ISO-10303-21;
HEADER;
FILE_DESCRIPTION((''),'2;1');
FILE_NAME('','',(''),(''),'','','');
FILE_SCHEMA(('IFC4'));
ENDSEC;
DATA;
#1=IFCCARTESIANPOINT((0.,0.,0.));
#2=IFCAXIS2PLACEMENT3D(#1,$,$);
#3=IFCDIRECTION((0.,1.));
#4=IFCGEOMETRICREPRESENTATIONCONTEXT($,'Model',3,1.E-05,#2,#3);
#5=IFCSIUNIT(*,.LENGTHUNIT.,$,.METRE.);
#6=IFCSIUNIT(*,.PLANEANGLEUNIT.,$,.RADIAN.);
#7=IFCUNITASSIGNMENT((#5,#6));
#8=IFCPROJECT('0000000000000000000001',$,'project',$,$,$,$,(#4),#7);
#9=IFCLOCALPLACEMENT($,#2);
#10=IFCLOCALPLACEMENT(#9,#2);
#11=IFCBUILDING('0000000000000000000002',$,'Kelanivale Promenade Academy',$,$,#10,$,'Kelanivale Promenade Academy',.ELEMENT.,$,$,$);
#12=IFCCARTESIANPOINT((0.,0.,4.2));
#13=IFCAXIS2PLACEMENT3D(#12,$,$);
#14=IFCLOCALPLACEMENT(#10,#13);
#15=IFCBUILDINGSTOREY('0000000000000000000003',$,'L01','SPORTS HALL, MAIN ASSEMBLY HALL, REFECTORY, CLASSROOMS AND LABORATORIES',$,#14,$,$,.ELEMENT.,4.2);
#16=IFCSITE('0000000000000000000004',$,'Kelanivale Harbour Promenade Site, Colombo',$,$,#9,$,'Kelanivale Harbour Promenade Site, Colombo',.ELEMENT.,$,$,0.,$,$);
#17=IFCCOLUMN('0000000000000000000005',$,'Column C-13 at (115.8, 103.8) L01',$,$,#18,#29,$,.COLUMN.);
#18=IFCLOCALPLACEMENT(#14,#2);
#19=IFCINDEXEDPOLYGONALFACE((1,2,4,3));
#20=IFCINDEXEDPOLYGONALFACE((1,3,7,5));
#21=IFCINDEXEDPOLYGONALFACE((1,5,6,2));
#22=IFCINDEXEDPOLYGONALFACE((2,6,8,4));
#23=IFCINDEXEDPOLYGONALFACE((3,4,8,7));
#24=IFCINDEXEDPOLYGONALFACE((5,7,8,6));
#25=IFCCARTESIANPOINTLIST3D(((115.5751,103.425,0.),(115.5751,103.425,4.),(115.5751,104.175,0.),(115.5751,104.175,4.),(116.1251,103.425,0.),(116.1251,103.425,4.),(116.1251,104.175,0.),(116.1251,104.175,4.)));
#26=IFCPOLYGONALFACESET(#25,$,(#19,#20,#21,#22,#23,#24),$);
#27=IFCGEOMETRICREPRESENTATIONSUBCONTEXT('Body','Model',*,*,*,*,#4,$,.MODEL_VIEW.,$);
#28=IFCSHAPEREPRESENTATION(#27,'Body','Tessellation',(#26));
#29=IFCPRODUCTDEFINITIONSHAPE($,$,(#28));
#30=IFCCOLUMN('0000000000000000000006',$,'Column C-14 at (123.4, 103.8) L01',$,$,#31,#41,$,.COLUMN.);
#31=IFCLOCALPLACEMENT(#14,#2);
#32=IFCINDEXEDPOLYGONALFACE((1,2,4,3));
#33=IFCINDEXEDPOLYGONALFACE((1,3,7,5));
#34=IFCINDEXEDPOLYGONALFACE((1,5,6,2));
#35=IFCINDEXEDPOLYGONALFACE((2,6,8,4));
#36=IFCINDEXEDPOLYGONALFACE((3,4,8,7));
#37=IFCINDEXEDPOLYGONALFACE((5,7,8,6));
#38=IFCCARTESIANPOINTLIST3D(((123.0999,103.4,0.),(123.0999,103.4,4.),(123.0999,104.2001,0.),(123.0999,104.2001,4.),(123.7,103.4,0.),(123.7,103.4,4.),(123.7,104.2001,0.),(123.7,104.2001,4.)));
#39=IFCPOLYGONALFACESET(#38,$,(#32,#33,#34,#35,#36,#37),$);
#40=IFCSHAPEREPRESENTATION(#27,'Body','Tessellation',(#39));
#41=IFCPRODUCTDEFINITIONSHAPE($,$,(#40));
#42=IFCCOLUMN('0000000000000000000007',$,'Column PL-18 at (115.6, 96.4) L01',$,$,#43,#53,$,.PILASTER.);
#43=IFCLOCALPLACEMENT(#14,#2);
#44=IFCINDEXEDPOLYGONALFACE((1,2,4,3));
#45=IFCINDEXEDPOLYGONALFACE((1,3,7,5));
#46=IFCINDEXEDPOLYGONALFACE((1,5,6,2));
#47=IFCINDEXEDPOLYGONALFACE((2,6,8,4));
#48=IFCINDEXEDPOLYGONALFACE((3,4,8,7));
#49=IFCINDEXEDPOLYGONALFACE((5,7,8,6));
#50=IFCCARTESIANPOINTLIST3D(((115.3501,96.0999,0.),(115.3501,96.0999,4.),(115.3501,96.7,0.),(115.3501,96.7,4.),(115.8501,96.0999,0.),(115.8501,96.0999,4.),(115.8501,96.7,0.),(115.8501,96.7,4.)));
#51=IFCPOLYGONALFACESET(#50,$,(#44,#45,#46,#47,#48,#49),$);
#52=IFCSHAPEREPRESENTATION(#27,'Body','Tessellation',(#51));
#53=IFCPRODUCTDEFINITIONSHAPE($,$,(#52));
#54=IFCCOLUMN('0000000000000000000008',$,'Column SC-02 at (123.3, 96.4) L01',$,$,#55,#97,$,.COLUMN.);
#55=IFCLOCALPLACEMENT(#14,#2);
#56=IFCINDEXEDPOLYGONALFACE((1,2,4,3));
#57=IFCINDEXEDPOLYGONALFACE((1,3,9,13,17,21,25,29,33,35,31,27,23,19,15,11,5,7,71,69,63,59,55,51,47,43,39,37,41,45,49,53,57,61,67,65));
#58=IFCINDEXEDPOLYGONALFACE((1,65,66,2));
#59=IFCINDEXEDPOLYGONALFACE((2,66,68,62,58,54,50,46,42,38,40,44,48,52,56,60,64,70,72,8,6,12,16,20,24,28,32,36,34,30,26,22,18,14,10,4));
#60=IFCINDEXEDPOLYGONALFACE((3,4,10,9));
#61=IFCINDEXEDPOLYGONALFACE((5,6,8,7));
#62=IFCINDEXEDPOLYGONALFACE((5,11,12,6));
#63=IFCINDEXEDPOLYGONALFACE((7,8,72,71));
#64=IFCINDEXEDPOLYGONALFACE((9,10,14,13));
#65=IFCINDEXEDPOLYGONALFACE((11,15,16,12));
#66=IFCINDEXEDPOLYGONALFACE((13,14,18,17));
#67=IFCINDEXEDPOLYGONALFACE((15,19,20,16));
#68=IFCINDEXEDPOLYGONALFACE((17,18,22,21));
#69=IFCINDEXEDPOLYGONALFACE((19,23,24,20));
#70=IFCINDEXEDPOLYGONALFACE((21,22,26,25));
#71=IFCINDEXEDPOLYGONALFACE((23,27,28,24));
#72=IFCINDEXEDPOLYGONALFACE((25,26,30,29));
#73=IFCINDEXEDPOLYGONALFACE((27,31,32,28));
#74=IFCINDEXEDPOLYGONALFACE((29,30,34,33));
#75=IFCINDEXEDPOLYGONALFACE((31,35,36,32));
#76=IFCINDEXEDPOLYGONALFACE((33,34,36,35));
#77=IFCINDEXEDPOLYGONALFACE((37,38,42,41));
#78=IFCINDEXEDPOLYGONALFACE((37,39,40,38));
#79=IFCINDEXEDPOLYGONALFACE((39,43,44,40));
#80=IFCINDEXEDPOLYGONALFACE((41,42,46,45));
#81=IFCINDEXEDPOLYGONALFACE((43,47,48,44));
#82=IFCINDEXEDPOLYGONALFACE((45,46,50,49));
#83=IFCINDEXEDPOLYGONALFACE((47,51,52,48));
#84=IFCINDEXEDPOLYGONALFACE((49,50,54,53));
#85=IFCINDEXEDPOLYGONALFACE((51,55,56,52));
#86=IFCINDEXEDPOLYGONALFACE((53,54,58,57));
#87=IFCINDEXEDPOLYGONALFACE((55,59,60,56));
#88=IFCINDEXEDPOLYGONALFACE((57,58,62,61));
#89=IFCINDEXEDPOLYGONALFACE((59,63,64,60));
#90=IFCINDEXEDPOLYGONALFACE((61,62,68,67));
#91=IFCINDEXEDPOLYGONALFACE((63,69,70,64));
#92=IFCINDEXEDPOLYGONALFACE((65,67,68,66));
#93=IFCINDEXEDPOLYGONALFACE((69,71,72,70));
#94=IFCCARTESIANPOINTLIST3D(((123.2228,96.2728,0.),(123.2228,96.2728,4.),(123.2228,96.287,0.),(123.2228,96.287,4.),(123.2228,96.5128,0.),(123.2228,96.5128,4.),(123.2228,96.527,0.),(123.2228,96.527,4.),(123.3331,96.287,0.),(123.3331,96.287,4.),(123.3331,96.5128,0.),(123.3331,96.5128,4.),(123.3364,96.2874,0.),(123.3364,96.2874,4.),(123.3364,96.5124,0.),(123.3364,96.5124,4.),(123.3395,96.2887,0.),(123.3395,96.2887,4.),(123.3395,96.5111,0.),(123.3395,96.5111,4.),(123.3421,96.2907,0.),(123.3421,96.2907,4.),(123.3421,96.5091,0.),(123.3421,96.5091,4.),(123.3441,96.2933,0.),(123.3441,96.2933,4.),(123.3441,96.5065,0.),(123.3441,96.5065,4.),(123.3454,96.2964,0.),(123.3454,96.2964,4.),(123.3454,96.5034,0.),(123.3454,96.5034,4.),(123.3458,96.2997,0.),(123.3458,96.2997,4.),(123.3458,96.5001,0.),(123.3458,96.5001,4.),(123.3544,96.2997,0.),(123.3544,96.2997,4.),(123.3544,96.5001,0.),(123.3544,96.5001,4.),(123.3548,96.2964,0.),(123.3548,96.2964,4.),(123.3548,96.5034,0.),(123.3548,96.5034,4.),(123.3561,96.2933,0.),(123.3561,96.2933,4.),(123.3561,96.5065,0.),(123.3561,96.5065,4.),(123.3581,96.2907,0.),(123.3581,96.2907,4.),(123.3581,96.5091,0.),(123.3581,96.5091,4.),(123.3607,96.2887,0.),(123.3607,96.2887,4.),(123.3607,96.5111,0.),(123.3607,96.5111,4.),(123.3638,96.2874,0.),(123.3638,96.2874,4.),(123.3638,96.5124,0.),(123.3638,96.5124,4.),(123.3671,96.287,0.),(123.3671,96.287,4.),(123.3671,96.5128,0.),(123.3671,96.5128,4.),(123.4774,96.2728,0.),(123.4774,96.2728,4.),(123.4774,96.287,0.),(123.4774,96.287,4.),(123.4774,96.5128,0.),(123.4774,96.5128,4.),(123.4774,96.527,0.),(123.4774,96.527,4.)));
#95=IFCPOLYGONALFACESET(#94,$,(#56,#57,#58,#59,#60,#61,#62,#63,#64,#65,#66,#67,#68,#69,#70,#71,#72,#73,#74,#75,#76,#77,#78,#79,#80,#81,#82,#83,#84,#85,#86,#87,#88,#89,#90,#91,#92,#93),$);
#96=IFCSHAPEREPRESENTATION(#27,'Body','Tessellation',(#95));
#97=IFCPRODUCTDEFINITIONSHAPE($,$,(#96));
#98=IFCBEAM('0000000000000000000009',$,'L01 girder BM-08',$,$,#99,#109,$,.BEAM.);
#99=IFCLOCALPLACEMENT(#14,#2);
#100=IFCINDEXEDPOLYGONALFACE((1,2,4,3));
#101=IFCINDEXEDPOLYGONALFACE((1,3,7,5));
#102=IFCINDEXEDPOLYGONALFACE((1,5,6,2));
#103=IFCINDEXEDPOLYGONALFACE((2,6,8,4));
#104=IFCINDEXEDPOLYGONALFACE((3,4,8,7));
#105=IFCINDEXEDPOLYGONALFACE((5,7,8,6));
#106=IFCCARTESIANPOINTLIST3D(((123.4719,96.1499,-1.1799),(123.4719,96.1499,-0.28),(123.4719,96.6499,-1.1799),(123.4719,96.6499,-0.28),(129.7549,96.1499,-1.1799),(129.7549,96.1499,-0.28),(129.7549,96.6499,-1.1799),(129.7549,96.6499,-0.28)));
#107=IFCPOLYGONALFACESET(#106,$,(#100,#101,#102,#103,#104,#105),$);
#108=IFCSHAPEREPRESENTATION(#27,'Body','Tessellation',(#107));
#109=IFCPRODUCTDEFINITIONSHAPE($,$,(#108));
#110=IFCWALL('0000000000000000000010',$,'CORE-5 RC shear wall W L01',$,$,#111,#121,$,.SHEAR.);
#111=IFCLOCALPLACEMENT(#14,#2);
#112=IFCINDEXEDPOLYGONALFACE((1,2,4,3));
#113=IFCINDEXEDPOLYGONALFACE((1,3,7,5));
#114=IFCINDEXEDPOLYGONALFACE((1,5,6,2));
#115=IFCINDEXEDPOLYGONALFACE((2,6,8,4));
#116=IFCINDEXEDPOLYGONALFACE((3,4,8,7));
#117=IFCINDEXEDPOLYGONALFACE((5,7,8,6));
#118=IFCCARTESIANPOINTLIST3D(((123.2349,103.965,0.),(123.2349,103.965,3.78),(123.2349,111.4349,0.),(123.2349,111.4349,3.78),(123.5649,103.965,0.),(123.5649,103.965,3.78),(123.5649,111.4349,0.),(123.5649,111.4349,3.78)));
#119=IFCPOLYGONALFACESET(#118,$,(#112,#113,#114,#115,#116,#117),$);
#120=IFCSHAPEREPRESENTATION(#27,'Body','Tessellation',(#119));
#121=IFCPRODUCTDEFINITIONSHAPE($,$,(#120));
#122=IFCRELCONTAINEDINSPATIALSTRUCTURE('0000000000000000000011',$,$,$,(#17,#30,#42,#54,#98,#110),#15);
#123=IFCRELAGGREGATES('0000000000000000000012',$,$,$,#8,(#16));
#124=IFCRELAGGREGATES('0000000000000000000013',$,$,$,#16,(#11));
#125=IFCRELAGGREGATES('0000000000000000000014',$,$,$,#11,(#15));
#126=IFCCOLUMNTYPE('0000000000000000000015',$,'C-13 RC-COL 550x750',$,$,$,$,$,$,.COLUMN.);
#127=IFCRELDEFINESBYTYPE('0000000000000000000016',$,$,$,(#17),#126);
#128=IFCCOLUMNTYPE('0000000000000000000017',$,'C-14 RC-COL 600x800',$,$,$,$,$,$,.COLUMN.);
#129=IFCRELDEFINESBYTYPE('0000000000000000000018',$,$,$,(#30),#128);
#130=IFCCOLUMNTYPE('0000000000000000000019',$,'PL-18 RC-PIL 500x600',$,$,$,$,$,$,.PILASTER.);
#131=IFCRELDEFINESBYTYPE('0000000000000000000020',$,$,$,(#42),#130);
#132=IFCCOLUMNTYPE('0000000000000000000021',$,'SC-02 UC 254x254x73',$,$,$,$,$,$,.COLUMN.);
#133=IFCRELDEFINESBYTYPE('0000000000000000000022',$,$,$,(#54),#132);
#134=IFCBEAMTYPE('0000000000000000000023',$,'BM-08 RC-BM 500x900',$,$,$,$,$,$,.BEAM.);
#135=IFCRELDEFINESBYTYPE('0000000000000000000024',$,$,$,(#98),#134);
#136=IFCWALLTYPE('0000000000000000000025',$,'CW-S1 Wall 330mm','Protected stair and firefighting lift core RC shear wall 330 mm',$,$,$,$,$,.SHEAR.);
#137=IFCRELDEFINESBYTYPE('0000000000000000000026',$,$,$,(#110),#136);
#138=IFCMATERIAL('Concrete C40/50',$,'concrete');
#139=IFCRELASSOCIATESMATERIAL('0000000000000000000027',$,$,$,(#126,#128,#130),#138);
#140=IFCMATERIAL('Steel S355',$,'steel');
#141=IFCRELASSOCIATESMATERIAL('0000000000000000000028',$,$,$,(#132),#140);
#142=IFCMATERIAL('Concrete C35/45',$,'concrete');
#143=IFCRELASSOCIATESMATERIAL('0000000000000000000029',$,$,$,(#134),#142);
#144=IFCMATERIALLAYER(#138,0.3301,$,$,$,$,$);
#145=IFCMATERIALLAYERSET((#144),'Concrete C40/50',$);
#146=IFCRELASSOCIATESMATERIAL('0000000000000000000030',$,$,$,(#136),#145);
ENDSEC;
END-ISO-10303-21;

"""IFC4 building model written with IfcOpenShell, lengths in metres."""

from ifc_helpers import new_model, si_unit, direction, frame, frame_2d, origin, origin_2d, place, context, subcontext, project, spatial, rectangle, i_section, extrude, material, layer, layer_set, material_profile, profile_set, type_object, element, save


model = new_model("IFC4")

# Units and contexts
model_context = context("Model", 3, precision=1e-05, world=origin(), true_north=direction((0.0, 1.0)))
body_context = subcontext(model_context, "Body", "Model", "MODEL_VIEW")
ifc_project = project(units=[si_unit("LENGTHUNIT", "METRE"), si_unit("PLANEANGLEUNIT", "RADIAN")], contexts=[model_context])

# Site, building, storey
site_placement = place(None, origin())
site = spatial("IfcSite", under=ifc_project, at=site_placement, Name="Kelanivale Harbour Promenade Site, Colombo", LongName="Kelanivale Harbour Promenade Site, Colombo", CompositionType="ELEMENT", RefElevation=0.0)
building_placement = place(site_placement, origin())
building = spatial("IfcBuilding", under=site, at=building_placement, Name="Kelanivale Promenade Academy", LongName="Kelanivale Promenade Academy", CompositionType="ELEMENT")
storey_placement = place(building_placement, frame((0.0, 0.0, 4.2)))
storey = spatial("IfcBuildingStorey", under=building, at=storey_placement, Name="L01", Description="SPORTS HALL, MAIN ASSEMBLY HALL, REFECTORY, CLASSROOMS AND LABORATORIES", CompositionType="ELEMENT", Elevation=4.2)

# Columns
ifc_material_1 = material(Name="Concrete C40/50", Category="concrete")
ifc_material_profile_1 = material_profile(ifc_material_1, rectangle(XDim=0.55, YDim=0.75, at=origin_2d()), Name="RC-COL 550x750")
ifc_profile_set_1 = profile_set([ifc_material_profile_1], Name="Concrete C40/50")
column_type_1 = type_object("IfcColumnType", Name="C-13 RC-COL 550x750", PredefinedType="COLUMN", material=ifc_profile_set_1)
column_1_placement = place(storey_placement, frame((115.8501, 103.8, 0.0), z_axis=(0.0, 0.0, 1.0), x_axis=(1.0, 0.0, 0.0)))
element("IfcColumn", 1, at=column_1_placement, inside=storey, type_object=column_type_1, Name="Column C-13 at (115.8, 103.8) L01", PredefinedType="COLUMN", context=body_context, shape_type="SweptSolid", body=[
    extrude(rectangle(XDim=0.55, YDim=0.75, at=origin_2d()), origin(), (0.0, 0.0, 1.0), 4.0),
])
ifc_material_profile_2 = material_profile(ifc_material_1, rectangle(XDim=0.6001, YDim=0.8, at=origin_2d()), Name="RC-COL 600x800")
ifc_profile_set_2 = profile_set([ifc_material_profile_2], Name="Concrete C40/50")
column_type_2 = type_object("IfcColumnType", Name="C-14 RC-COL 600x800", PredefinedType="COLUMN", material=ifc_profile_set_2)
column_2_placement = place(storey_placement, frame((123.3999, 103.8, 0.0), z_axis=(0.0, 0.0, 1.0), x_axis=(1.0, 0.0, 0.0)))
element("IfcColumn", 2, at=column_2_placement, inside=storey, type_object=column_type_2, Name="Column C-14 at (123.4, 103.8) L01", PredefinedType="COLUMN", context=body_context, shape_type="SweptSolid", body=[
    extrude(rectangle(XDim=0.6001, YDim=0.8, at=origin_2d()), origin(), (0.0, 0.0, 1.0), 4.0),
])
ifc_material_profile_3 = material_profile(ifc_material_1, rectangle(XDim=0.5, YDim=0.6001, at=origin_2d()), Name="RC-PIL 500x600")
ifc_profile_set_3 = profile_set([ifc_material_profile_3], Name="Concrete C40/50")
column_type_3 = type_object("IfcColumnType", Name="PL-18 RC-PIL 500x600", PredefinedType="PILASTER", material=ifc_profile_set_3)
column_3_placement = place(storey_placement, frame((115.6001, 96.3999, 0.0), z_axis=(0.0, 0.0, 1.0), x_axis=(1.0, 0.0, 0.0)))
element("IfcColumn", 3, at=column_3_placement, inside=storey, type_object=column_type_3, Name="Column PL-18 at (115.6, 96.4) L01", PredefinedType="PILASTER", context=body_context, shape_type="SweptSolid", body=[
    extrude(rectangle(XDim=0.5, YDim=0.6001, at=origin_2d()), origin(), (0.0, 0.0, 1.0), 4.0),
])
ifc_material_2 = material(Name="Steel S355", Category="steel")
ifc_material_profile_4 = material_profile(ifc_material_2, i_section(OverallWidth=0.2546, OverallDepth=0.2542, WebThickness=0.0085, FlangeThickness=0.0142, FilletRadius=0.0127, at=origin_2d()), Name="UC 254x254x73")
ifc_profile_set_4 = profile_set([ifc_material_profile_4], Name="Steel S355")
column_type_4 = type_object("IfcColumnType", Name="SC-02 UC 254x254x73", PredefinedType="COLUMN", material=ifc_profile_set_4)
column_4_placement = place(storey_placement, frame((123.3501, 96.3999, 0.0), z_axis=(0.0, 0.0, 1.0), x_axis=(1.0, 0.0, 0.0)))
element("IfcColumn", 4, at=column_4_placement, inside=storey, type_object=column_type_4, Name="Column SC-02 at (123.3, 96.4) L01", PredefinedType="COLUMN", context=body_context, shape_type="SweptSolid", body=[
    extrude(i_section(OverallWidth=0.2546, OverallDepth=0.2542, WebThickness=0.0085, FlangeThickness=0.0142, FilletRadius=0.0127, at=origin_2d()), origin(), (0.0, 0.0, 1.0), 4.0),
])

# Beam
ifc_material_3 = material(Name="Concrete C35/45", Category="concrete")
ifc_material_profile_5 = material_profile(ifc_material_3, rectangle(XDim=0.5, YDim=0.8999, at=origin_2d()), Name="RC-BM 500x900")
ifc_profile_set_5 = profile_set([ifc_material_profile_5], Name="Concrete C35/45")
beam_type = type_object("IfcBeamType", Name="BM-08 RC-BM 500x900", PredefinedType="BEAM", material=ifc_profile_set_5)
beam_placement = place(storey_placement, frame((123.4719, 96.3999, -0.73), z_axis=(1.0, 0.0, 0.0), x_axis=(0.0, 1.0, 0.0)))
element("IfcBeam", 5, at=beam_placement, inside=storey, type_object=beam_type, Name="L01 girder BM-08", PredefinedType="BEAM", context=body_context, shape_type="SweptSolid", body=[
    extrude(rectangle(XDim=0.5, YDim=0.8999, at=origin_2d()), origin(), (0.0, 0.0, 1.0), 6.283),
])

# Shared definitions
ifc_layer_1 = layer(ifc_material_1, 0.3301)
ifc_layer_set_1 = layer_set([ifc_layer_1], Name="Concrete C40/50")
wall_type_1 = type_object("IfcWallType", Name="CW-S1 Wall 330mm", Description="Protected stair and firefighting lift core RC shear wall 330 mm", PredefinedType="SHEAR", material=ifc_layer_set_1)

# Wall
wall_1_placement = place(storey_placement, frame((123.3999, 103.9651, 0.0), z_axis=(0.0, 0.0, 1.0), x_axis=(0.0, 1.0, 0.0)))
element("IfcWall", 6, at=wall_1_placement, inside=storey, type_object=wall_type_1, Name="CORE-5 RC shear wall W L01", PredefinedType="SHEAR", context=body_context, shape_type="SweptSolid", body=[
    extrude(rectangle(XDim=7.47, YDim=0.3301, at=frame_2d((3.7349, 0.0))), origin(), (0.0, 0.0, 1.0), 3.78),
])

save(model, "model.ifc")
